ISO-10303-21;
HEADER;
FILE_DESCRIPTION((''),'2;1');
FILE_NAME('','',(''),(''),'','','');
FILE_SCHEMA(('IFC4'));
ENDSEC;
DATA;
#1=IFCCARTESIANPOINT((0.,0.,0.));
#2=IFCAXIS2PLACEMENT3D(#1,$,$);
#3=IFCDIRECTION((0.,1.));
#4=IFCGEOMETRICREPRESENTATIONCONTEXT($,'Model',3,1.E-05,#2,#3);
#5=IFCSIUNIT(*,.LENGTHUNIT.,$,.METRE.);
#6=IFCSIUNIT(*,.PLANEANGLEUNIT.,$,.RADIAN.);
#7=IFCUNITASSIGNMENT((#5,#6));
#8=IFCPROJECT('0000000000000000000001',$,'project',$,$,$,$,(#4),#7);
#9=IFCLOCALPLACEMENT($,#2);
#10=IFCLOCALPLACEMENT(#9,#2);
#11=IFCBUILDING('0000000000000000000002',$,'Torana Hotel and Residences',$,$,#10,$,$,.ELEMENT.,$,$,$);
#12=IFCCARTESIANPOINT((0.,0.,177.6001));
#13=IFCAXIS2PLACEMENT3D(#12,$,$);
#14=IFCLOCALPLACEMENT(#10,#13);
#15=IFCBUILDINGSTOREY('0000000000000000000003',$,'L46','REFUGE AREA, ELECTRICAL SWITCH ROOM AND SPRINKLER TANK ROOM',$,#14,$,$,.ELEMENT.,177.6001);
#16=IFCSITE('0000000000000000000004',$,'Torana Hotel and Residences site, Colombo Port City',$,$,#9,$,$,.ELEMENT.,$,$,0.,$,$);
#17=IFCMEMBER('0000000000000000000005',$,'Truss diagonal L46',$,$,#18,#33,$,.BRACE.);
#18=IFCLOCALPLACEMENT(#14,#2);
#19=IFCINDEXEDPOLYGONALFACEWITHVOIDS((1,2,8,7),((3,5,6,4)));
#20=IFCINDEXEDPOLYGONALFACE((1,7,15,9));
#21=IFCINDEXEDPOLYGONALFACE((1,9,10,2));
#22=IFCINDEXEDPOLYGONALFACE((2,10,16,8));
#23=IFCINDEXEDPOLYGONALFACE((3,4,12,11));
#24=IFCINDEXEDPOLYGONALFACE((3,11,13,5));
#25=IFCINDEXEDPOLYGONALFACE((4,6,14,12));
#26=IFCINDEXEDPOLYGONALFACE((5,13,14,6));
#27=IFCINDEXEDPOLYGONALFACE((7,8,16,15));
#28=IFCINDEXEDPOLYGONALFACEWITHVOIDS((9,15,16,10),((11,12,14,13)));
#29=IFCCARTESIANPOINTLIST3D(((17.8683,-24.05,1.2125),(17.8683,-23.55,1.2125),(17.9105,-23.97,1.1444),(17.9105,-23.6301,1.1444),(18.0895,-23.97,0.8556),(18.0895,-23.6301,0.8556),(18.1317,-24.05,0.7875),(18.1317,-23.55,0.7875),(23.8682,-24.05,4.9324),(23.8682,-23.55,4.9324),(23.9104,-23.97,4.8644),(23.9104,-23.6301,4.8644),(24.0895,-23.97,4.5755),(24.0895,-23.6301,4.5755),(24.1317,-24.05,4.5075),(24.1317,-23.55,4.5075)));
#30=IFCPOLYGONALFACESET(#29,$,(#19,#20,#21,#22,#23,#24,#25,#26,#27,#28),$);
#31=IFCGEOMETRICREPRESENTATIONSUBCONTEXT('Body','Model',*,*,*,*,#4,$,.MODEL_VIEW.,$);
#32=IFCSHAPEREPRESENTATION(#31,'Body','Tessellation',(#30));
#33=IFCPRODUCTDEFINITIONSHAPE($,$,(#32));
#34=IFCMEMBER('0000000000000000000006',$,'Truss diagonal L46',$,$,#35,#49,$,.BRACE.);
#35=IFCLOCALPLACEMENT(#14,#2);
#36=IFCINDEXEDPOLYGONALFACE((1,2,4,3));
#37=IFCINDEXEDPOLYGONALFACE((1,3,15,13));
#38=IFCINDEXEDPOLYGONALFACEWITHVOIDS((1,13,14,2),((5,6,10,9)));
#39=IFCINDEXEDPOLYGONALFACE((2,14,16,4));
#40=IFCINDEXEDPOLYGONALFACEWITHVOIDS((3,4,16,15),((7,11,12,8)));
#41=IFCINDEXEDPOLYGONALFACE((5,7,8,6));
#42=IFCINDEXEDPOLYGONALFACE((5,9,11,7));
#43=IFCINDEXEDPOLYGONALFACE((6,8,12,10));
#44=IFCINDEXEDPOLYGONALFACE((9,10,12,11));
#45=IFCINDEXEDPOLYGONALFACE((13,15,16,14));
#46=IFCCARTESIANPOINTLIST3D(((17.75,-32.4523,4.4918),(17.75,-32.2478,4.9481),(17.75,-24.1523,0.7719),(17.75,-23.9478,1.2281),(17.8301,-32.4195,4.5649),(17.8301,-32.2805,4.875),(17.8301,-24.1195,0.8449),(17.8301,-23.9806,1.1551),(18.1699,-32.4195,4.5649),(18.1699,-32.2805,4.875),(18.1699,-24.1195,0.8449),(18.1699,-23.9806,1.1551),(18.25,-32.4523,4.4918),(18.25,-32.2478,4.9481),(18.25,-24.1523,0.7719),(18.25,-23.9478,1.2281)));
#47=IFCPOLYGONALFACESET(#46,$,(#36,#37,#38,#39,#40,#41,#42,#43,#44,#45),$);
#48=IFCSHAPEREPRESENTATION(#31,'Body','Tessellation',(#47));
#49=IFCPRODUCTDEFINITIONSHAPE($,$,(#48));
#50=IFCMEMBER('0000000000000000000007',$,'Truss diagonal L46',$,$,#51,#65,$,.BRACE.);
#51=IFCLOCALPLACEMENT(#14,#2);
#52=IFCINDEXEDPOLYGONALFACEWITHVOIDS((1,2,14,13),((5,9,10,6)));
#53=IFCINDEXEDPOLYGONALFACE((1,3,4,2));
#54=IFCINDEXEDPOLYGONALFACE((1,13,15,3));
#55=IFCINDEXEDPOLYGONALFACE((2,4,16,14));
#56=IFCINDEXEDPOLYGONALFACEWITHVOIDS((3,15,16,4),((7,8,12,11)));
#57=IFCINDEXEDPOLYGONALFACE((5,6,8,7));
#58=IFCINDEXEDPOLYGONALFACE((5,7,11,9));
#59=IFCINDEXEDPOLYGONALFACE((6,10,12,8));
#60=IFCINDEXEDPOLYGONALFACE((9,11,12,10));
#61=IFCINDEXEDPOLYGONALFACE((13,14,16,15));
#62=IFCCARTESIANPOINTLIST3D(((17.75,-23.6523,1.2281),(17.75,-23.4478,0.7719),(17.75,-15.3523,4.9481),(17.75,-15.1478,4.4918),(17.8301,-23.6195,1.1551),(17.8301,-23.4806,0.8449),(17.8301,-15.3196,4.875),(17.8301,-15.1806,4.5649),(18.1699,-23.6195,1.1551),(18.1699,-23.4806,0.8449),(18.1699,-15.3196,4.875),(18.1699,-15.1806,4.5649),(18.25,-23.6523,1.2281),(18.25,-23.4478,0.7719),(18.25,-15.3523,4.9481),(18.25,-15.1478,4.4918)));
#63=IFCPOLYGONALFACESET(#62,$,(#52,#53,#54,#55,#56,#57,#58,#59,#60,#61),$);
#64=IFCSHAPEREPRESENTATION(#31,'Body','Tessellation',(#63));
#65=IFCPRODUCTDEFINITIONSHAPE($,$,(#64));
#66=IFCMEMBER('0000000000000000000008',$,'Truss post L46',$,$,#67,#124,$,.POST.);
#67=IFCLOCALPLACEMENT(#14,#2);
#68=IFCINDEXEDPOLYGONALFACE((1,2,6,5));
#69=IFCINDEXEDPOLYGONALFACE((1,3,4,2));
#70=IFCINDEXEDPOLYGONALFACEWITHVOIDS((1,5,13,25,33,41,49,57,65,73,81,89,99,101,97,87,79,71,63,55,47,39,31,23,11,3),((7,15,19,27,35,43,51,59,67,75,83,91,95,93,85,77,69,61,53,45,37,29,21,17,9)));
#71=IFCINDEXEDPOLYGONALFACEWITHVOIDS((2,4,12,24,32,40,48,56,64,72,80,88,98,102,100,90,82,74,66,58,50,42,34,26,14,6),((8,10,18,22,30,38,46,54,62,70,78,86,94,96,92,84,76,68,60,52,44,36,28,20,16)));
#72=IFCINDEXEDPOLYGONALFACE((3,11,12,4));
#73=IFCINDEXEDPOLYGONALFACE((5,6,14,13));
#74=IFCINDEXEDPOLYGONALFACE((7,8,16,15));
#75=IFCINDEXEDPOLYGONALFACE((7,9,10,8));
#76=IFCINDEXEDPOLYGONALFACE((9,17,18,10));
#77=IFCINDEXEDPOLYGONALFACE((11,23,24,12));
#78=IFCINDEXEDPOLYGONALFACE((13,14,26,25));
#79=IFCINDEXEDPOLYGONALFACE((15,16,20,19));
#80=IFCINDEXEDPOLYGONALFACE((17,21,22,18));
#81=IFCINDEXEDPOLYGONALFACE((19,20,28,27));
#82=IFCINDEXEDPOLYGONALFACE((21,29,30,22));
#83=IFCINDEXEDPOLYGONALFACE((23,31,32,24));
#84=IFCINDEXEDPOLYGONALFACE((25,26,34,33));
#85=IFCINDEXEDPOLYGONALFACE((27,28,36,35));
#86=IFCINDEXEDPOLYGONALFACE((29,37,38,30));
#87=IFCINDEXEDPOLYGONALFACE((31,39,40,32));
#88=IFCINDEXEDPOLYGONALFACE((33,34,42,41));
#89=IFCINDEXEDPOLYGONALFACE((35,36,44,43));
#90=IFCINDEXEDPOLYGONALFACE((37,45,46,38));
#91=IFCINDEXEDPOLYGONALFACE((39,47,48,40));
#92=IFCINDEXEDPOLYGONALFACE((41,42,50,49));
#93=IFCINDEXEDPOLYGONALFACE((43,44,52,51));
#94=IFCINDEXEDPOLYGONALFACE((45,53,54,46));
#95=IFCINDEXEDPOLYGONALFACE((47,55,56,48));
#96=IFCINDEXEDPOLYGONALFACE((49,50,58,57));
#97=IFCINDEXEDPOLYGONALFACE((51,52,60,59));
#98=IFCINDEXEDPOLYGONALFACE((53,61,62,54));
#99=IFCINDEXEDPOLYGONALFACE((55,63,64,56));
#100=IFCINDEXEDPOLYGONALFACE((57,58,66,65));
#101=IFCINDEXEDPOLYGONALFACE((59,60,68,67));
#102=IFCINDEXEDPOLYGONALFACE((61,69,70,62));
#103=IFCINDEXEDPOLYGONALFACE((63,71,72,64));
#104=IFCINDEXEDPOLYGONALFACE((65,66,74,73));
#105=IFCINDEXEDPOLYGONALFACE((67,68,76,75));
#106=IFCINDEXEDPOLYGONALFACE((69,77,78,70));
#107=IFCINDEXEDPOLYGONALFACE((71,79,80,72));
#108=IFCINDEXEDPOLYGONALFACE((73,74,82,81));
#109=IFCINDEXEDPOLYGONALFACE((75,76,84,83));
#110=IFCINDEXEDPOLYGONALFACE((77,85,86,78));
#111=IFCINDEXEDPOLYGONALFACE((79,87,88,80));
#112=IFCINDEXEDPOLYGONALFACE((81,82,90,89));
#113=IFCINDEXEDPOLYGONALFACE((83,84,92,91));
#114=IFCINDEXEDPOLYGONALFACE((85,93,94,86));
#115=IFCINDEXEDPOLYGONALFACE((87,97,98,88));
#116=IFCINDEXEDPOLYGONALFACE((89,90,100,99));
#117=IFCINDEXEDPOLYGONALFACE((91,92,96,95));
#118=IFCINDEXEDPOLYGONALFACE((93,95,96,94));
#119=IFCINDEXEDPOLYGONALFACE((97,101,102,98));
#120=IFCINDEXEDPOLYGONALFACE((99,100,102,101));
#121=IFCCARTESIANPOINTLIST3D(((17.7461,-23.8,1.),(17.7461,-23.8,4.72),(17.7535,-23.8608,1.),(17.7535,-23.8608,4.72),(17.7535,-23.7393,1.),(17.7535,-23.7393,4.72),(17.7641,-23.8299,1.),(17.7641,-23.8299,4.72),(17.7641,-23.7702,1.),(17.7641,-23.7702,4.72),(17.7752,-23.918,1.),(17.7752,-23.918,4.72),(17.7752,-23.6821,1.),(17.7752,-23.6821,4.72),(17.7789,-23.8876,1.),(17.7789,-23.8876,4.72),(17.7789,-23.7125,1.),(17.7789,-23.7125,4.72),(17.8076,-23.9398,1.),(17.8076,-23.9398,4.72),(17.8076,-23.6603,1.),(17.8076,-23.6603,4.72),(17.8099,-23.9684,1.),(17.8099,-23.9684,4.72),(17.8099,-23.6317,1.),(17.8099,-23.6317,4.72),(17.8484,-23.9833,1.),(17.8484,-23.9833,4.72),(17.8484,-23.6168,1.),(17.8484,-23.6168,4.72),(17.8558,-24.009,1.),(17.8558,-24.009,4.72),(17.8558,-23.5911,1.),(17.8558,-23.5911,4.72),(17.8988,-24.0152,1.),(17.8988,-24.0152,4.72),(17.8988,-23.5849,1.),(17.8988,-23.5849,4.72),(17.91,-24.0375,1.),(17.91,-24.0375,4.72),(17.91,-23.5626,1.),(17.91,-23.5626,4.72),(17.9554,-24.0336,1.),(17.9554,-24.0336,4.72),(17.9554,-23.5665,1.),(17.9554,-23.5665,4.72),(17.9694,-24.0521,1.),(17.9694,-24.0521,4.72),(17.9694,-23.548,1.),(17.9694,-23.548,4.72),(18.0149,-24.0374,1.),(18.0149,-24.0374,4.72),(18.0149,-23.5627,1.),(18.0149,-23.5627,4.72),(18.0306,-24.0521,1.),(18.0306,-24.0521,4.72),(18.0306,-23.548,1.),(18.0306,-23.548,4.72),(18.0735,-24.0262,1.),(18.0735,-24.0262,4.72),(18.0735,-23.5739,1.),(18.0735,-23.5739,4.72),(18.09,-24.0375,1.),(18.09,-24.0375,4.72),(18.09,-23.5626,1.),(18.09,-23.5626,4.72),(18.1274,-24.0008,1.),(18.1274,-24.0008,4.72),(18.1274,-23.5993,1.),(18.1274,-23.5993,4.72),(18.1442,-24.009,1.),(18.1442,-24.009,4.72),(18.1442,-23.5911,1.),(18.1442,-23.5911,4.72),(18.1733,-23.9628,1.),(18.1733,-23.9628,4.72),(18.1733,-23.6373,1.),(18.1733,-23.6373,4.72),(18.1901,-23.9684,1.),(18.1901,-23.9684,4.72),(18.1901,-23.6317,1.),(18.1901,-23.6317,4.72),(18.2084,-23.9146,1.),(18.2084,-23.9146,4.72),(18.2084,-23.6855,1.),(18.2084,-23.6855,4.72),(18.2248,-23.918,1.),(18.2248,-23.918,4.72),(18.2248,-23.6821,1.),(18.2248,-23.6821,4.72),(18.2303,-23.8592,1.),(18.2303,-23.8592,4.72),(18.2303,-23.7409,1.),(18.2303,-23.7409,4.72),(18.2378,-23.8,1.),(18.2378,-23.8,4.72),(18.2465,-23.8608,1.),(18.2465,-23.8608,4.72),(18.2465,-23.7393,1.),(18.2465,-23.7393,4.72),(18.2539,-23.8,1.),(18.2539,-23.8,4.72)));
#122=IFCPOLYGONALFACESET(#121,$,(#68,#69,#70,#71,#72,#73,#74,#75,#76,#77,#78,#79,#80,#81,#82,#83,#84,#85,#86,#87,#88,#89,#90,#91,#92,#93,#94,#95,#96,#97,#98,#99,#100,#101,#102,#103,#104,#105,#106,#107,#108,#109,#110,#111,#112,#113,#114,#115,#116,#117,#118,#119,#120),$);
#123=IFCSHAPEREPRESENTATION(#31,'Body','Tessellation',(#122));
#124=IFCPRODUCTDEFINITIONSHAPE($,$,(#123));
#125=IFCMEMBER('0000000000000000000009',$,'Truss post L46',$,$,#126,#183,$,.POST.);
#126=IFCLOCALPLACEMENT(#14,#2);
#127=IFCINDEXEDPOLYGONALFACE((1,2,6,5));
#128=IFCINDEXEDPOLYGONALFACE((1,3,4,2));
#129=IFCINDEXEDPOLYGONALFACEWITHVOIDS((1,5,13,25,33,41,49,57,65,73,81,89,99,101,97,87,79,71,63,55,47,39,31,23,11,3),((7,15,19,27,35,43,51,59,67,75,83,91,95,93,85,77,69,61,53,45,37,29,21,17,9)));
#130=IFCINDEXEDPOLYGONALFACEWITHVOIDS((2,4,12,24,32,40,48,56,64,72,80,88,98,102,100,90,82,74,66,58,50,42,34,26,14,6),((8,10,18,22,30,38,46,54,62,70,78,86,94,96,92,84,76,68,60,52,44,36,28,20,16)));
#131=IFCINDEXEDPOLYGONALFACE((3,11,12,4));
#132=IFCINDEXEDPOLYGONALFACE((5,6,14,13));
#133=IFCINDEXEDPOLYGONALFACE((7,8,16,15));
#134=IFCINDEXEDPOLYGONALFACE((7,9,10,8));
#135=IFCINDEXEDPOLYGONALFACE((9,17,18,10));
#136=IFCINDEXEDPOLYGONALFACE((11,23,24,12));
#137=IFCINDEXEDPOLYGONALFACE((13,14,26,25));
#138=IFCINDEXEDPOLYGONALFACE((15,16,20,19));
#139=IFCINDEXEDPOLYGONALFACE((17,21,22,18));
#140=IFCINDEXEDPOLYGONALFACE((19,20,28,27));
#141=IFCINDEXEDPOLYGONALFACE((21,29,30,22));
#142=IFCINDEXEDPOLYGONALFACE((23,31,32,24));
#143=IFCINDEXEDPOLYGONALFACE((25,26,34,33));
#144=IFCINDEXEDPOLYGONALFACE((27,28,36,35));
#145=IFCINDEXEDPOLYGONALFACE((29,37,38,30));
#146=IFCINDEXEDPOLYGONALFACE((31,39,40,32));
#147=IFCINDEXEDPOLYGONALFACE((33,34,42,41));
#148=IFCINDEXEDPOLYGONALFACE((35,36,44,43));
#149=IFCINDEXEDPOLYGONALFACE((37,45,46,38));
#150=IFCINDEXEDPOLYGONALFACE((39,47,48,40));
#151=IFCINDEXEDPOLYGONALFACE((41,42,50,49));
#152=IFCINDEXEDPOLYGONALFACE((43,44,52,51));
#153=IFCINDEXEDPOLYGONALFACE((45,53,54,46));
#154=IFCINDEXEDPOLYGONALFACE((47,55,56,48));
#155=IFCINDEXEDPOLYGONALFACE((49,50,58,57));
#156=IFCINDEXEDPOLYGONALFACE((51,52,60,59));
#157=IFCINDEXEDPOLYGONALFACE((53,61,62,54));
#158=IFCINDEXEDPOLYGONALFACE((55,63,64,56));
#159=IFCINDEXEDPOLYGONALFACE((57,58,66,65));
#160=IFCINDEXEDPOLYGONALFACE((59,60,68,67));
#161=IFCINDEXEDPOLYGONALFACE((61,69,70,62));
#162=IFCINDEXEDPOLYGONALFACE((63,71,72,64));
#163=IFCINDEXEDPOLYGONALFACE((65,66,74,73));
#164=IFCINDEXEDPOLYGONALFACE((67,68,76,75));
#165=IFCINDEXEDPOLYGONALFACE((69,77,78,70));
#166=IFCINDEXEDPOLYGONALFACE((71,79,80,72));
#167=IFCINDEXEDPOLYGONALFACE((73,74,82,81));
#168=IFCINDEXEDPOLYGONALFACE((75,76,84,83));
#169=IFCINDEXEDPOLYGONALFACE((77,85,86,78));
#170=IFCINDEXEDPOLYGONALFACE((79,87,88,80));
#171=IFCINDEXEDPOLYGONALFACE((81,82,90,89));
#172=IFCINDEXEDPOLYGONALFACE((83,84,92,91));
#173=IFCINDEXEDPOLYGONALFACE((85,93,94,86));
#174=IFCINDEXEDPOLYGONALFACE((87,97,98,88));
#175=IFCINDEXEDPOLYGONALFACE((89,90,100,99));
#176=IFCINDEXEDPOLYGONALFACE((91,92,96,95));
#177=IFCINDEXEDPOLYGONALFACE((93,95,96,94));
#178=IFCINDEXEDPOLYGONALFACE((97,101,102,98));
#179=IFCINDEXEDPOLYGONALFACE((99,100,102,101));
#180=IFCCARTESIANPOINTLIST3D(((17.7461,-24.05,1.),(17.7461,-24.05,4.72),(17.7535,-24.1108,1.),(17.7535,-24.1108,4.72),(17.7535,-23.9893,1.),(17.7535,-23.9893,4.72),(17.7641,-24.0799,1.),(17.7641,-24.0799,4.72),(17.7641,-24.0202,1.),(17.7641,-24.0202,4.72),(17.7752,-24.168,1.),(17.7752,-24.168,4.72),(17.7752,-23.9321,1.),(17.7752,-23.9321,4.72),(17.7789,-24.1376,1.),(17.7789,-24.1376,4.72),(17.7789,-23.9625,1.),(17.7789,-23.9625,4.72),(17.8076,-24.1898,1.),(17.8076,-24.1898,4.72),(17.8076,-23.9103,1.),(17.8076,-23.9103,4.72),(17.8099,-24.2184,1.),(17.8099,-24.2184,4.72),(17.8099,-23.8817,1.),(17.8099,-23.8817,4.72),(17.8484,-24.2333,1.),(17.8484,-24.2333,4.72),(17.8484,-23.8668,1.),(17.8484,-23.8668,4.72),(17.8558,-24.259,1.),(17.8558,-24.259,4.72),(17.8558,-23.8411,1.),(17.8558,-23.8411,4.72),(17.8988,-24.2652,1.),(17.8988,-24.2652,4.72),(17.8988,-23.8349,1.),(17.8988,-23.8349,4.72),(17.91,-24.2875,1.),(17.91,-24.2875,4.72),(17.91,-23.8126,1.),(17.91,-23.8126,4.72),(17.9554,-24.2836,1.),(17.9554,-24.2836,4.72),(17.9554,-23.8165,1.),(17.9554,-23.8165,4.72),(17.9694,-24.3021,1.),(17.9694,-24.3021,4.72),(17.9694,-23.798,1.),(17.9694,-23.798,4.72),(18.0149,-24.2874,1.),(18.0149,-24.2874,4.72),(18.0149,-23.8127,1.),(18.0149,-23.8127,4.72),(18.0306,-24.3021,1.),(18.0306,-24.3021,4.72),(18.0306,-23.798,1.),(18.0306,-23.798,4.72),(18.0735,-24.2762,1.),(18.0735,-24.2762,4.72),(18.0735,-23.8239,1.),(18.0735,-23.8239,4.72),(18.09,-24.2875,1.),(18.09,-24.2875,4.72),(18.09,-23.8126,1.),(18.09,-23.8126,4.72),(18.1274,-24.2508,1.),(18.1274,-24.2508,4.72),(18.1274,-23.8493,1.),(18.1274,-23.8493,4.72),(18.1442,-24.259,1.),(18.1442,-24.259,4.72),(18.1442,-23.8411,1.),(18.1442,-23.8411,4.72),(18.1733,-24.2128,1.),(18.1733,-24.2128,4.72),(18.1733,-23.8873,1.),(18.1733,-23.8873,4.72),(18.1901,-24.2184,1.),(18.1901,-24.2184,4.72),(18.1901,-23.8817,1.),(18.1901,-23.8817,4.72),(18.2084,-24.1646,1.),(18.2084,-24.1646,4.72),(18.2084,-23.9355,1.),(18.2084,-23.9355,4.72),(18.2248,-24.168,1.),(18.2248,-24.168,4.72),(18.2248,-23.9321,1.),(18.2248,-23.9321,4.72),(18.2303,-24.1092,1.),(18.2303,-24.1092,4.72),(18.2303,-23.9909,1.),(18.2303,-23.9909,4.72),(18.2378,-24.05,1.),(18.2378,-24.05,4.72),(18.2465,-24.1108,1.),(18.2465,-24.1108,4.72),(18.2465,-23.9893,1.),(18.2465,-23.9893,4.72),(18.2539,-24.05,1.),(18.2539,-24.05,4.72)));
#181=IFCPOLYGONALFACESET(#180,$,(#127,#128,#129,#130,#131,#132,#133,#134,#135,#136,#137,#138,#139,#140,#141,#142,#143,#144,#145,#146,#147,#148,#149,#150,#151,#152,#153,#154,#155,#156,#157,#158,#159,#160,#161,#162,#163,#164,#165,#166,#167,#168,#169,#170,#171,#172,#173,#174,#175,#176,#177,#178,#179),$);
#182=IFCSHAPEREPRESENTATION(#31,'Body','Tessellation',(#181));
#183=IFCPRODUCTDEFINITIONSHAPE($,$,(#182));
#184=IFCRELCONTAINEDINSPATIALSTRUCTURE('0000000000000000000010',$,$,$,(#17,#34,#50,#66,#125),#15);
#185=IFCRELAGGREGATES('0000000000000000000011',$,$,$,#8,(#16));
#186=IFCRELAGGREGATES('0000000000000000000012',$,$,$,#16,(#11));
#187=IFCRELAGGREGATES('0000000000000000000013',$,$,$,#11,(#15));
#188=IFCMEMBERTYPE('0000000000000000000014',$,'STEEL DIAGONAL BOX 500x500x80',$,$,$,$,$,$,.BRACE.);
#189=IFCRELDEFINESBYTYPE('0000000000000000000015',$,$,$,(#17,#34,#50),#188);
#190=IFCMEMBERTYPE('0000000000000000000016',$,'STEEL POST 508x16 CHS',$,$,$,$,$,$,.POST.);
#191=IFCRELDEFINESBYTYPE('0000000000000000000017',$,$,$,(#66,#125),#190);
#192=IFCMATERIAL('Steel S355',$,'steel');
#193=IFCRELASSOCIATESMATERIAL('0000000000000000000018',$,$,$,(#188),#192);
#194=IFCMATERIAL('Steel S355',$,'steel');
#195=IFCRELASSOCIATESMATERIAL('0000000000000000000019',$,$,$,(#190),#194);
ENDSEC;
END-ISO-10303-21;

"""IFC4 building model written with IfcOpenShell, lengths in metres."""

from ifc_helpers import new_model, si_unit, direction, frame, origin, origin_2d, place, context, subcontext, project, spatial, hollow_rectangle, hollow_circle, extrude, material, material_profile, profile_set, type_object, element, save


model = new_model("IFC4")

# Units and contexts
model_context = context("Model", 3, precision=1e-05, world=origin(), true_north=direction((0.0, 1.0)))
body_context = subcontext(model_context, "Body", "Model", "MODEL_VIEW")
ifc_project = project(units=[si_unit("LENGTHUNIT", "METRE"), si_unit("PLANEANGLEUNIT", "RADIAN")], contexts=[model_context])

# Site, building, storey
site_placement = place(None, origin())
site = spatial("IfcSite", under=ifc_project, at=site_placement, Name="Torana Hotel and Residences site, Colombo Port City", CompositionType="ELEMENT", RefElevation=0.0)
building_placement = place(site_placement, origin())
building = spatial("IfcBuilding", under=site, at=building_placement, Name="Torana Hotel and Residences", CompositionType="ELEMENT")
storey_placement = place(building_placement, frame((0.0, 0.0, 177.6001)))
storey = spatial("IfcBuildingStorey", under=building, at=storey_placement, Name="L46", Description="REFUGE AREA, ELECTRICAL SWITCH ROOM AND SPRINKLER TANK ROOM", CompositionType="ELEMENT", Elevation=177.6001)

# Members
ifc_material_1 = material(Name="Steel S355", Category="steel")
ifc_material_profile_1 = material_profile(ifc_material_1, hollow_rectangle(XDim=0.5, YDim=0.5, WallThickness=0.0801, at=origin_2d()), Name="BOX 500x500x80")
ifc_profile_set_1 = profile_set([ifc_material_profile_1], Name="Steel S355")
member_type_1 = type_object("IfcMemberType", Name="STEEL DIAGONAL BOX 500x500x80", PredefinedType="BRACE", material=ifc_profile_set_1)
for number, where, z_axis, x_axis, name in (
    (1, (18.0, -23.8, 1.0), (0.849905, 0.0, 0.526937), (0.0, 1.0, 0.0), "Truss diagonal L46"),
):
    element("IfcMember", number, at=place(storey_placement, frame(where, z_axis=z_axis, x_axis=x_axis)), inside=storey, type_object=member_type_1, Name=name, PredefinedType="BRACE", context=body_context, shape_type="SweptSolid", body=[
        extrude(hollow_rectangle(XDim=0.5, YDim=0.5, WallThickness=0.0801, at=origin_2d()), origin(), (0.0, 0.0, 1.0), 7.0596),
    ])
for number, where, z_axis, x_axis, name in (
    (2, (18.0, -24.05, 1.0), (0.0, -0.91254, 0.408988), (1.0, 0.0, 0.0), "Truss diagonal L46"),
    (3, (18.0, -23.55, 1.0), (0.0, 0.91254, 0.408988), (-1.0, 0.0, 0.0), "Truss diagonal L46"),
):
    element("IfcMember", number, at=place(storey_placement, frame(where, z_axis=z_axis, x_axis=x_axis)), inside=storey, type_object=member_type_1, Name=name, PredefinedType="BRACE", context=body_context, shape_type="SweptSolid", body=[
        extrude(hollow_rectangle(XDim=0.5, YDim=0.5, WallThickness=0.0801, at=origin_2d()), origin(), (0.0, 0.0, 1.0), 9.0955),
    ])
ifc_material_2 = material(Name="Steel S355", Category="steel")
ifc_material_profile_2 = material_profile(ifc_material_2, hollow_circle(Radius=0.2539, WallThickness=0.0161, at=origin_2d()), Name="508x16 CHS")
ifc_profile_set_2 = profile_set([ifc_material_profile_2], Name="Steel S355")
member_type_2 = type_object("IfcMemberType", Name="STEEL POST 508x16 CHS", PredefinedType="POST", material=ifc_profile_set_2)
for number, where, z_axis, x_axis, name in (
    (4, (18.0, -23.8, 1.0), (0.0, 0.0, 1.0), (1.0, 0.0, 0.0), "Truss post L46"),
    (5, (18.0, -24.05, 1.0), (0.0, 0.0, 1.0), (1.0, 0.0, 0.0), "Truss post L46"),
):
    element("IfcMember", number, at=place(storey_placement, frame(where, z_axis=z_axis, x_axis=x_axis)), inside=storey, type_object=member_type_2, Name=name, PredefinedType="POST", context=body_context, shape_type="SweptSolid", body=[
        extrude(hollow_circle(Radius=0.2539, WallThickness=0.0161, at=origin_2d()), origin(), (0.0, 0.0, 1.0), 3.72),
    ])

save(model, "model.ifc")
